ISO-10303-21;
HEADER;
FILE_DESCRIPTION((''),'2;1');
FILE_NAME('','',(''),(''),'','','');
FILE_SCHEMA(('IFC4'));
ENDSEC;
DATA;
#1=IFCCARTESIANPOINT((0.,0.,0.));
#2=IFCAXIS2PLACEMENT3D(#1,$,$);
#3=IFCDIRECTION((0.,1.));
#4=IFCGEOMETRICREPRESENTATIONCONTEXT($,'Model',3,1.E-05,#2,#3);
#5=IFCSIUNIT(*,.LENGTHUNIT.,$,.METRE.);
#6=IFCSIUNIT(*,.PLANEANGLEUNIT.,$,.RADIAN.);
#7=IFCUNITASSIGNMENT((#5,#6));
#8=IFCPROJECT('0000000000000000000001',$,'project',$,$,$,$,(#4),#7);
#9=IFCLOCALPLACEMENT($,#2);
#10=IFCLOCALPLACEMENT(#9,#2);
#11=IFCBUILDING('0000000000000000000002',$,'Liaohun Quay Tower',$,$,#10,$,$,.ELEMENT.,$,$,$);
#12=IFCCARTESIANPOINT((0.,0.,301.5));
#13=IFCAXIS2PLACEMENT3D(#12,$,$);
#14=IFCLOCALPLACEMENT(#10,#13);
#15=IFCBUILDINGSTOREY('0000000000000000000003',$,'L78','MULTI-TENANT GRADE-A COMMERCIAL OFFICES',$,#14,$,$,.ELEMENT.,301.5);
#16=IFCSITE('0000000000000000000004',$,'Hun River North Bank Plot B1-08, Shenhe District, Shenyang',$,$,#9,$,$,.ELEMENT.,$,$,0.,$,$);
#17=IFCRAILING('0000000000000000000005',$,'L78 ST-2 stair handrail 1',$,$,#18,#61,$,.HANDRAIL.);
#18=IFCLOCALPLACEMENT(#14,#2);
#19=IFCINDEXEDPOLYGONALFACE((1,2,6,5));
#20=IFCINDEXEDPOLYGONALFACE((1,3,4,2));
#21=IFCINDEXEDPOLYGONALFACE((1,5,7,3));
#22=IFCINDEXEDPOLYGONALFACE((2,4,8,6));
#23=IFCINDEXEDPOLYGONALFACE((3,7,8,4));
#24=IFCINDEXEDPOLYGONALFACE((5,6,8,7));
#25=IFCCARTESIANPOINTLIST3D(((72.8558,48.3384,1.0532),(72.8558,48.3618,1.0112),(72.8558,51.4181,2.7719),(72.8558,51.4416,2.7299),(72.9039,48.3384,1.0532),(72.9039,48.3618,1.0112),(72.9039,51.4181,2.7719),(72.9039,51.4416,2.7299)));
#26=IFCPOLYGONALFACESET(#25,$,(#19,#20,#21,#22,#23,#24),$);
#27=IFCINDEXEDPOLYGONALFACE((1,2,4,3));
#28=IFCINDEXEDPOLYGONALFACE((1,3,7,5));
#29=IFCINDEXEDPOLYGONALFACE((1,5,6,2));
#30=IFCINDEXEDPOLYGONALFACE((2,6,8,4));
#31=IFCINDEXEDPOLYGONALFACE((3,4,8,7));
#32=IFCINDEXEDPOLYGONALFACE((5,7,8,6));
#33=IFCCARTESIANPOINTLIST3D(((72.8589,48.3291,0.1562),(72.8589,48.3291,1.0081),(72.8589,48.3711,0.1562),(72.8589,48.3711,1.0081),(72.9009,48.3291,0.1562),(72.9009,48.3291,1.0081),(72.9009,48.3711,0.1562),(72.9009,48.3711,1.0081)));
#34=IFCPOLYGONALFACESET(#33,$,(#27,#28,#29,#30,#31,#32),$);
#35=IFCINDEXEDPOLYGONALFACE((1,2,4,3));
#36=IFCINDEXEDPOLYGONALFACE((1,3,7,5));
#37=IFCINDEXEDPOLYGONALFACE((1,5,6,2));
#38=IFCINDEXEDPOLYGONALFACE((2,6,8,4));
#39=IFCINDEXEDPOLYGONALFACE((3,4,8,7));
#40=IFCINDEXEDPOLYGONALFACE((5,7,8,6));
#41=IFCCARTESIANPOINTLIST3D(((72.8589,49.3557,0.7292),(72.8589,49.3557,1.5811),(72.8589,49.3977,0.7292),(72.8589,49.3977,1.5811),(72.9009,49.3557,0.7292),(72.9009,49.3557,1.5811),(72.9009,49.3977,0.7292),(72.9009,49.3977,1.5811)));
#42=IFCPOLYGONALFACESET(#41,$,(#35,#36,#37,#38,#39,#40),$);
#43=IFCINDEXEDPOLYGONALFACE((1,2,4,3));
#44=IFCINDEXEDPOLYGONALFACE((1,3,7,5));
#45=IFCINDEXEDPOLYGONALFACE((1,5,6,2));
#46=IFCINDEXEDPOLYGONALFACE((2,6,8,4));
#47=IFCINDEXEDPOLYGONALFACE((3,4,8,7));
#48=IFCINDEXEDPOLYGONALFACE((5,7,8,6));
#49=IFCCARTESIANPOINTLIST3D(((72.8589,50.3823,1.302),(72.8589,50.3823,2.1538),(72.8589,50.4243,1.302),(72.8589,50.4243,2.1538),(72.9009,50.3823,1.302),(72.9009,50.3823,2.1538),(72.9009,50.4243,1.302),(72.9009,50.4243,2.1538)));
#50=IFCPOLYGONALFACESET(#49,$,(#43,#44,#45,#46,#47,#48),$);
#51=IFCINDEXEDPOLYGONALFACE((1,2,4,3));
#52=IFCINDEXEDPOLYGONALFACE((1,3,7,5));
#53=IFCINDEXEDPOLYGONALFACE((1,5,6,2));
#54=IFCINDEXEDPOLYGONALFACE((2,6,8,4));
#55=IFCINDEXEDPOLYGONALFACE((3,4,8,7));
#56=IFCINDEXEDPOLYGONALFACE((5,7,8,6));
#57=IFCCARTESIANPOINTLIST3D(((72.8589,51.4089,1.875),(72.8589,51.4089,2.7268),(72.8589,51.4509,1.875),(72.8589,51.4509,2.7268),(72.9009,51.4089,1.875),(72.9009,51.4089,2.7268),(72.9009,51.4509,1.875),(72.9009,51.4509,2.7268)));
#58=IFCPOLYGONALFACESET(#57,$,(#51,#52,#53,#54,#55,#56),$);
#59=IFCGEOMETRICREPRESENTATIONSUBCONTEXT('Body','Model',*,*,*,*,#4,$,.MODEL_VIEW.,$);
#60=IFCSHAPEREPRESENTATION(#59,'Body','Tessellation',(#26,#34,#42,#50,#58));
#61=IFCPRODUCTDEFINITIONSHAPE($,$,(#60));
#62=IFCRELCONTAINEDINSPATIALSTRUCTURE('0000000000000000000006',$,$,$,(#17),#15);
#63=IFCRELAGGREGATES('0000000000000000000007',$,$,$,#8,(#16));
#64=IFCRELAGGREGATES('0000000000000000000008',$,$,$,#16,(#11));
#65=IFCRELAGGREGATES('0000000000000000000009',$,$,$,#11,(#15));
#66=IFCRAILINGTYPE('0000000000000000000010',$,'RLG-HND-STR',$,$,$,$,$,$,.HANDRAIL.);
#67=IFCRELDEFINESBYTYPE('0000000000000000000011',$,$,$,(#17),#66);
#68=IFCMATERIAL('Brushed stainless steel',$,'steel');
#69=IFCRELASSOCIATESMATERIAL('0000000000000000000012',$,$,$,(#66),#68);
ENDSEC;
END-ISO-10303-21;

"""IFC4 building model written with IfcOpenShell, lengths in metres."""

from ifc_helpers import new_model, si_unit, direction, frame, origin, origin_2d, place, context, subcontext, project, spatial, rectangle, extrude, material, type_object, element, save


model = new_model("IFC4")

# Units and contexts
model_context = context("Model", 3, precision=1e-05, world=origin(), true_north=direction((0.0, 1.0)))
body_context = subcontext(model_context, "Body", "Model", "MODEL_VIEW")
ifc_project = project(units=[si_unit("LENGTHUNIT", "METRE"), si_unit("PLANEANGLEUNIT", "RADIAN")], contexts=[model_context])

# Site, building, storey
site_placement = place(None, origin())
site = spatial("IfcSite", under=ifc_project, at=site_placement, Name="Hun River North Bank Plot B1-08, Shenhe District, Shenyang", CompositionType="ELEMENT", RefElevation=0.0)
building_placement = place(site_placement, origin())
building = spatial("IfcBuilding", under=site, at=building_placement, Name="Liaohun Quay Tower", CompositionType="ELEMENT")
storey_placement = place(building_placement, frame((0.0, 0.0, 301.5)))
storey = spatial("IfcBuildingStorey", under=building, at=storey_placement, Name="L78", Description="MULTI-TENANT GRADE-A COMMERCIAL OFFICES", CompositionType="ELEMENT", Elevation=301.5)

# Railing
ifc_material_1 = material(Name="Brushed stainless steel", Category="steel")
railing_type_1 = type_object("IfcRailingType", Name="RLG-HND-STR", PredefinedType="HANDRAIL", material=ifc_material_1)
railing_1_placement = place(storey_placement, frame((72.8799, 48.3501, 0.1562)))
element("IfcRailing", 1, at=railing_1_placement, inside=storey, type_object=railing_type_1, Name="L78 ST-2 stair handrail 1", PredefinedType="HANDRAIL", context=body_context, shape_type="SweptSolid", body=[
    extrude(rectangle(XDim=0.0481, YDim=0.0481, at=origin_2d()), frame((0.0, 0.0, 0.876), z_axis=(0.0, 0.873225, 0.487317), x_axis=(-1.0, 0.0, 0.0)), (0.0, 0.0, 1.0), 3.5269),
    extrude(rectangle(XDim=0.042, YDim=0.042, at=origin_2d()), origin(), (0.0, 0.0, 1.0), 0.8518),
    extrude(rectangle(XDim=0.042, YDim=0.042, at=origin_2d()), frame((0.0, 1.0266, 0.573)), (0.0, 0.0, 1.0), 0.8518),
    extrude(rectangle(XDim=0.042, YDim=0.042, at=origin_2d()), frame((0.0, 2.0532, 1.1458)), (0.0, 0.0, 1.0), 0.8518),
    extrude(rectangle(XDim=0.042, YDim=0.042, at=origin_2d()), frame((0.0, 3.0798, 1.7188)), (0.0, 0.0, 1.0), 0.8518),
])

save(model, "model.ifc")
